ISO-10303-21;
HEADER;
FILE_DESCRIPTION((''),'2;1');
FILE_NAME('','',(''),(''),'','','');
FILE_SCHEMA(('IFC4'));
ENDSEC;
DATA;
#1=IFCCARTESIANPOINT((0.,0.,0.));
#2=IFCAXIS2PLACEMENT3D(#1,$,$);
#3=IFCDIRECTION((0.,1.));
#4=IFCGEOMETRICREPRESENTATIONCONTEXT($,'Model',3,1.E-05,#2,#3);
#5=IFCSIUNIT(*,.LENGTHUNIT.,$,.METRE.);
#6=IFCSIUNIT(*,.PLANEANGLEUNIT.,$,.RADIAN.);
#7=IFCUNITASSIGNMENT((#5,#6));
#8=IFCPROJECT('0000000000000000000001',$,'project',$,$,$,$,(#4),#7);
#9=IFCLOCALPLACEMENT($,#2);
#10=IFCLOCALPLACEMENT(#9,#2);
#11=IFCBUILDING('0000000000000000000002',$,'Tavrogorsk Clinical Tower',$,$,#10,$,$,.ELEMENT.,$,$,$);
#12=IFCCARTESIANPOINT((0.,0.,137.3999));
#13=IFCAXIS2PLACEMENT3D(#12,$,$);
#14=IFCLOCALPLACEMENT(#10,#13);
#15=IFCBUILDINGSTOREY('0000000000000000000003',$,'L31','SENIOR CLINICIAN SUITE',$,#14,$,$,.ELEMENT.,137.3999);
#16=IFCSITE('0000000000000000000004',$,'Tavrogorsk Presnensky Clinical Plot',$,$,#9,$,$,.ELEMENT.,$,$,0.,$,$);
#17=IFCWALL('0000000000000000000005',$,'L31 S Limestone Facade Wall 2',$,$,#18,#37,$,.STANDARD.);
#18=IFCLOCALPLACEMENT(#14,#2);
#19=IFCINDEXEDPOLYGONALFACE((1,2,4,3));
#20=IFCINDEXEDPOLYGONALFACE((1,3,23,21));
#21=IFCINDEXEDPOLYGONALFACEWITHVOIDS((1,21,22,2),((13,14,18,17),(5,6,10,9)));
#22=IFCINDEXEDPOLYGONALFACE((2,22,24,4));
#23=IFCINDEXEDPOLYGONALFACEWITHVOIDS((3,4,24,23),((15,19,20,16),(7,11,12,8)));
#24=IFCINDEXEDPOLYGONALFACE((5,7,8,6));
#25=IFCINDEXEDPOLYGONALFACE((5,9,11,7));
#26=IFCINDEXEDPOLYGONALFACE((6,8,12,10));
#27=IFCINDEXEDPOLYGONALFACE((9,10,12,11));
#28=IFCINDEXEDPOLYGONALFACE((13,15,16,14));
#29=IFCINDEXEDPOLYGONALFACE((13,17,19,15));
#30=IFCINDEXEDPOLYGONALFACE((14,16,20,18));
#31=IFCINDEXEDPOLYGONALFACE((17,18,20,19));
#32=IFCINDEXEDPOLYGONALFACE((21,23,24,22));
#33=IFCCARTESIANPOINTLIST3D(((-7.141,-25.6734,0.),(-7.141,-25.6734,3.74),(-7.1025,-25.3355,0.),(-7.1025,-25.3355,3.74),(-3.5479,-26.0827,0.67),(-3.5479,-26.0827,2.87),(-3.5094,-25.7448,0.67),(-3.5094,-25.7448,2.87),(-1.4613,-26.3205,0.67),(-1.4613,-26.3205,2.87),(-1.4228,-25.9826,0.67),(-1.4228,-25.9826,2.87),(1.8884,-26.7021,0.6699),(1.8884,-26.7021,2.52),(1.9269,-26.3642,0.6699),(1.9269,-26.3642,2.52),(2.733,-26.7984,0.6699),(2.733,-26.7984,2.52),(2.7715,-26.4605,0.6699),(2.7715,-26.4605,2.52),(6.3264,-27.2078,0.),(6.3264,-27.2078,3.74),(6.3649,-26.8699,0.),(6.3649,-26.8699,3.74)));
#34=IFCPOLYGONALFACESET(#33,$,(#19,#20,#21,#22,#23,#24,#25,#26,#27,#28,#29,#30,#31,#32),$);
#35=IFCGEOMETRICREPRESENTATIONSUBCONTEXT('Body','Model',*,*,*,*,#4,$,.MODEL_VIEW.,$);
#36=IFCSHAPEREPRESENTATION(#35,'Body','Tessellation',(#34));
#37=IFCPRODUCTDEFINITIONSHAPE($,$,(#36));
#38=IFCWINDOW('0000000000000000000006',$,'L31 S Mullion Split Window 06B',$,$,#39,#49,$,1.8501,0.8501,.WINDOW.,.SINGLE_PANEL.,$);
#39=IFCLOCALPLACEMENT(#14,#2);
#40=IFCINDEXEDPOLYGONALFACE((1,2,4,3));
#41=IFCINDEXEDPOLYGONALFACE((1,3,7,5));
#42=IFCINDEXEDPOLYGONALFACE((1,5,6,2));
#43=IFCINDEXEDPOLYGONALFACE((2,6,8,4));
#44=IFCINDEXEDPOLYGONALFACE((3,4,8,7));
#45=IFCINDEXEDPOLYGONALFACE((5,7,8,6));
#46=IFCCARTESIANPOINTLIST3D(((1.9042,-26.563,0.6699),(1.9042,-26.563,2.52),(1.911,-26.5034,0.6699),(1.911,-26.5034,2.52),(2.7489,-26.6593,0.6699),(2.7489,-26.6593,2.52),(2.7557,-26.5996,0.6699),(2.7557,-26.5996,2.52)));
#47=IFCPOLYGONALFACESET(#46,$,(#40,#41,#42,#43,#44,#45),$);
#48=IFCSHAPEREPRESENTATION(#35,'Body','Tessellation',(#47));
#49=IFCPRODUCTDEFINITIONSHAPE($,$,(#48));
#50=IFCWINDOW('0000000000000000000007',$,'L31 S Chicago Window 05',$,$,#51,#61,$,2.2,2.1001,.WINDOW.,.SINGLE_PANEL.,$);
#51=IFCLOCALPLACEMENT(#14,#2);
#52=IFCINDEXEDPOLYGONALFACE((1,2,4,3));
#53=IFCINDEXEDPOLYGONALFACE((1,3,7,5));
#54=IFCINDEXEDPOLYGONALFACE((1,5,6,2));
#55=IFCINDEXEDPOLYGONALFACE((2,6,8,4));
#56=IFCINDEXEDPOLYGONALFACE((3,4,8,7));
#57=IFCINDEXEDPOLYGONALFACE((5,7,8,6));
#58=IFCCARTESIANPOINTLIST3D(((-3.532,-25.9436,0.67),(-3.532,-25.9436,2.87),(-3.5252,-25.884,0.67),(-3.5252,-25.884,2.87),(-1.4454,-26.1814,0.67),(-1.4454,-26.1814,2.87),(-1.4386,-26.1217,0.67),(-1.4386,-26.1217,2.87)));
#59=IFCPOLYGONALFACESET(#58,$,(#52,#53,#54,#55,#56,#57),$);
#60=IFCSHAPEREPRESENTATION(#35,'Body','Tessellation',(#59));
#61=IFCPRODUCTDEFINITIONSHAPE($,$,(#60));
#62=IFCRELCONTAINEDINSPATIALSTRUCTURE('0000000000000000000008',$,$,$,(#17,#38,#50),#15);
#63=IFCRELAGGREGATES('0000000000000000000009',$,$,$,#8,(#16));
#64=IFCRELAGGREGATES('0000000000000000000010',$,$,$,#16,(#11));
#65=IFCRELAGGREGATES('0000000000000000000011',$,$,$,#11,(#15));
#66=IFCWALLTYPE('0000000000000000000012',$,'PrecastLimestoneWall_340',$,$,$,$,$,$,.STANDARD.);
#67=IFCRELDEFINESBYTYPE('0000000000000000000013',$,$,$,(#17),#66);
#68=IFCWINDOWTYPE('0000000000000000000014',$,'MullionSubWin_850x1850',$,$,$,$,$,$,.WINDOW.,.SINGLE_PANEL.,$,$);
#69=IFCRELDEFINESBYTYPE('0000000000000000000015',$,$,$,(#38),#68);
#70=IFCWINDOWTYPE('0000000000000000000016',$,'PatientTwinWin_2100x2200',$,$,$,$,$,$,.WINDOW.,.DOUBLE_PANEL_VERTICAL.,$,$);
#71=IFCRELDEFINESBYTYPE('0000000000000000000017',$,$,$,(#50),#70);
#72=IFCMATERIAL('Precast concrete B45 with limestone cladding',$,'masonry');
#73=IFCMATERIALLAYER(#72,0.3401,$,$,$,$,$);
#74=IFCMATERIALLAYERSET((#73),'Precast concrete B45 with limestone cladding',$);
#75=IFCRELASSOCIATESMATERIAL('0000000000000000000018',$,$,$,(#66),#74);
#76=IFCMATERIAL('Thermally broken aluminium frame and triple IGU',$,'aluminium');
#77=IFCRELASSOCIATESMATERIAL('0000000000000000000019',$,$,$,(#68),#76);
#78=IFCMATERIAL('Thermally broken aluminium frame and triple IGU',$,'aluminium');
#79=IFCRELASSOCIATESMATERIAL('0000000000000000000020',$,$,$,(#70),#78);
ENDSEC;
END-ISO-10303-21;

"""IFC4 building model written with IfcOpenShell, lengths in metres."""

from ifc_helpers import new_model, si_unit, direction, frame, frame_2d, origin, place, context, subcontext, project, spatial, rectangle, extrude, material, layer, layer_set, type_object, element, fill, save


model = new_model("IFC4")

# Units and contexts
model_context = context("Model", 3, precision=1e-05, world=origin(), true_north=direction((0.0, 1.0)))
body_context = subcontext(model_context, "Body", "Model", "MODEL_VIEW")
ifc_project = project(units=[si_unit("LENGTHUNIT", "METRE"), si_unit("PLANEANGLEUNIT", "RADIAN")], contexts=[model_context])

# Site, building, storey
site_placement = place(None, origin())
site = spatial("IfcSite", under=ifc_project, at=site_placement, Name="Tavrogorsk Presnensky Clinical Plot", CompositionType="ELEMENT", RefElevation=0.0)
building_placement = place(site_placement, origin())
building = spatial("IfcBuilding", under=site, at=building_placement, Name="Tavrogorsk Clinical Tower", CompositionType="ELEMENT")
storey_placement = place(building_placement, frame((0.0, 0.0, 137.3999)))
storey = spatial("IfcBuildingStorey", under=building, at=storey_placement, Name="L31", Description="SENIOR CLINICIAN SUITE", CompositionType="ELEMENT", Elevation=137.3999)

# Wall, openings, windows
ifc_material_1 = material(Name="Precast concrete B45 with limestone cladding", Category="masonry")
ifc_layer_1 = layer(ifc_material_1, 0.3401)
ifc_layer_set_1 = layer_set([ifc_layer_1], Name="Precast concrete B45 with limestone cladding")
wall_type_1 = type_object("IfcWallType", Name="PrecastLimestoneWall_340", PredefinedType="STANDARD", material=ifc_layer_set_1)
wall_1_placement = place(storey_placement, frame((-7.1218, -25.5044, 0.0), z_axis=(0.0, 0.0, 1.0), x_axis=(0.993572, -0.113205, 0.0)))
wall_1 = element("IfcWall", 1, at=wall_1_placement, inside=storey, type_object=wall_type_1, Name="L31 S Limestone Facade Wall 2", PredefinedType="STANDARD", context=body_context, shape_type="SweptSolid", body=[
    extrude(rectangle(XDim=13.5544, YDim=0.3401, at=frame_2d((6.7773, 0.0))), origin(), (0.0, 0.0, 1.0), 3.74),
])
opening_1_placement = place(wall_1_placement, frame((3.6165, 0.0, 0.6699)))
opening_1 = element("IfcOpeningElement", 2, at=opening_1_placement, cuts=wall_1, PredefinedType="OPENING", context=body_context, shape_type="SweptSolid", body=[
    extrude(rectangle(XDim=2.1001, YDim=2.2, at=frame_2d((1.05, 1.1001))), frame((0.0, 0.1799, 0.0), z_axis=(0.0, -1.0, 0.0), x_axis=(1.0, 0.0, 0.0)), (0.0, 0.0, 1.0), 0.3601),
])
opening_2_placement = place(wall_1_placement, frame((9.0879, 0.0, 0.6699)))
opening_2 = element("IfcOpeningElement", 3, at=opening_2_placement, cuts=wall_1, PredefinedType="OPENING", context=body_context, shape_type="SweptSolid", body=[
    extrude(rectangle(XDim=0.8501, YDim=1.8501, at=frame_2d((0.425, 0.925))), frame((0.0, 0.1799, 0.0), z_axis=(0.0, -1.0, 0.0), x_axis=(1.0, 0.0, 0.0)), (0.0, 0.0, 1.0), 0.3601),
])
ifc_material_2 = material(Name="Thermally broken aluminium frame and triple IGU", Category="aluminium")
window_type_1 = type_object("IfcWindowType", Name="MullionSubWin_850x1850", PartitioningType="SINGLE_PANEL", PredefinedType="WINDOW", material=ifc_material_2)
window_1_placement = place(opening_2_placement, origin())
window_1 = element("IfcWindow", 4, at=window_1_placement, inside=storey, type_object=window_type_1, Name="L31 S Mullion Split Window 06B", OverallHeight=1.8501, OverallWidth=0.8501, PartitioningType="SINGLE_PANEL", PredefinedType="WINDOW", context=body_context, shape_type="SweptSolid", body=[
    extrude(rectangle(XDim=0.8501, YDim=1.8501, at=frame_2d((0.425, 0.925))), frame((0.0, 0.03, 0.0), z_axis=(0.0, -1.0, 0.0), x_axis=(1.0, 0.0, 0.0)), (0.0, 0.0, 1.0), 0.0601),
])
fill(opening_2, window_1)
ifc_material_3 = material(Name="Thermally broken aluminium frame and triple IGU", Category="aluminium")
window_type_2 = type_object("IfcWindowType", Name="PatientTwinWin_2100x2200", PartitioningType="DOUBLE_PANEL_VERTICAL", PredefinedType="WINDOW", material=ifc_material_3)
window_2_placement = place(opening_1_placement, origin())
window_2 = element("IfcWindow", 5, at=window_2_placement, inside=storey, type_object=window_type_2, Name="L31 S Chicago Window 05", OverallHeight=2.2, OverallWidth=2.1001, PartitioningType="SINGLE_PANEL", PredefinedType="WINDOW", context=body_context, shape_type="SweptSolid", body=[
    extrude(rectangle(XDim=2.1001, YDim=2.2, at=frame_2d((1.05, 1.1001))), frame((0.0, 0.03, 0.0), z_axis=(0.0, -1.0, 0.0), x_axis=(1.0, 0.0, 0.0)), (0.0, 0.0, 1.0), 0.0601),
])
fill(opening_1, window_2)

save(model, "model.ifc")
